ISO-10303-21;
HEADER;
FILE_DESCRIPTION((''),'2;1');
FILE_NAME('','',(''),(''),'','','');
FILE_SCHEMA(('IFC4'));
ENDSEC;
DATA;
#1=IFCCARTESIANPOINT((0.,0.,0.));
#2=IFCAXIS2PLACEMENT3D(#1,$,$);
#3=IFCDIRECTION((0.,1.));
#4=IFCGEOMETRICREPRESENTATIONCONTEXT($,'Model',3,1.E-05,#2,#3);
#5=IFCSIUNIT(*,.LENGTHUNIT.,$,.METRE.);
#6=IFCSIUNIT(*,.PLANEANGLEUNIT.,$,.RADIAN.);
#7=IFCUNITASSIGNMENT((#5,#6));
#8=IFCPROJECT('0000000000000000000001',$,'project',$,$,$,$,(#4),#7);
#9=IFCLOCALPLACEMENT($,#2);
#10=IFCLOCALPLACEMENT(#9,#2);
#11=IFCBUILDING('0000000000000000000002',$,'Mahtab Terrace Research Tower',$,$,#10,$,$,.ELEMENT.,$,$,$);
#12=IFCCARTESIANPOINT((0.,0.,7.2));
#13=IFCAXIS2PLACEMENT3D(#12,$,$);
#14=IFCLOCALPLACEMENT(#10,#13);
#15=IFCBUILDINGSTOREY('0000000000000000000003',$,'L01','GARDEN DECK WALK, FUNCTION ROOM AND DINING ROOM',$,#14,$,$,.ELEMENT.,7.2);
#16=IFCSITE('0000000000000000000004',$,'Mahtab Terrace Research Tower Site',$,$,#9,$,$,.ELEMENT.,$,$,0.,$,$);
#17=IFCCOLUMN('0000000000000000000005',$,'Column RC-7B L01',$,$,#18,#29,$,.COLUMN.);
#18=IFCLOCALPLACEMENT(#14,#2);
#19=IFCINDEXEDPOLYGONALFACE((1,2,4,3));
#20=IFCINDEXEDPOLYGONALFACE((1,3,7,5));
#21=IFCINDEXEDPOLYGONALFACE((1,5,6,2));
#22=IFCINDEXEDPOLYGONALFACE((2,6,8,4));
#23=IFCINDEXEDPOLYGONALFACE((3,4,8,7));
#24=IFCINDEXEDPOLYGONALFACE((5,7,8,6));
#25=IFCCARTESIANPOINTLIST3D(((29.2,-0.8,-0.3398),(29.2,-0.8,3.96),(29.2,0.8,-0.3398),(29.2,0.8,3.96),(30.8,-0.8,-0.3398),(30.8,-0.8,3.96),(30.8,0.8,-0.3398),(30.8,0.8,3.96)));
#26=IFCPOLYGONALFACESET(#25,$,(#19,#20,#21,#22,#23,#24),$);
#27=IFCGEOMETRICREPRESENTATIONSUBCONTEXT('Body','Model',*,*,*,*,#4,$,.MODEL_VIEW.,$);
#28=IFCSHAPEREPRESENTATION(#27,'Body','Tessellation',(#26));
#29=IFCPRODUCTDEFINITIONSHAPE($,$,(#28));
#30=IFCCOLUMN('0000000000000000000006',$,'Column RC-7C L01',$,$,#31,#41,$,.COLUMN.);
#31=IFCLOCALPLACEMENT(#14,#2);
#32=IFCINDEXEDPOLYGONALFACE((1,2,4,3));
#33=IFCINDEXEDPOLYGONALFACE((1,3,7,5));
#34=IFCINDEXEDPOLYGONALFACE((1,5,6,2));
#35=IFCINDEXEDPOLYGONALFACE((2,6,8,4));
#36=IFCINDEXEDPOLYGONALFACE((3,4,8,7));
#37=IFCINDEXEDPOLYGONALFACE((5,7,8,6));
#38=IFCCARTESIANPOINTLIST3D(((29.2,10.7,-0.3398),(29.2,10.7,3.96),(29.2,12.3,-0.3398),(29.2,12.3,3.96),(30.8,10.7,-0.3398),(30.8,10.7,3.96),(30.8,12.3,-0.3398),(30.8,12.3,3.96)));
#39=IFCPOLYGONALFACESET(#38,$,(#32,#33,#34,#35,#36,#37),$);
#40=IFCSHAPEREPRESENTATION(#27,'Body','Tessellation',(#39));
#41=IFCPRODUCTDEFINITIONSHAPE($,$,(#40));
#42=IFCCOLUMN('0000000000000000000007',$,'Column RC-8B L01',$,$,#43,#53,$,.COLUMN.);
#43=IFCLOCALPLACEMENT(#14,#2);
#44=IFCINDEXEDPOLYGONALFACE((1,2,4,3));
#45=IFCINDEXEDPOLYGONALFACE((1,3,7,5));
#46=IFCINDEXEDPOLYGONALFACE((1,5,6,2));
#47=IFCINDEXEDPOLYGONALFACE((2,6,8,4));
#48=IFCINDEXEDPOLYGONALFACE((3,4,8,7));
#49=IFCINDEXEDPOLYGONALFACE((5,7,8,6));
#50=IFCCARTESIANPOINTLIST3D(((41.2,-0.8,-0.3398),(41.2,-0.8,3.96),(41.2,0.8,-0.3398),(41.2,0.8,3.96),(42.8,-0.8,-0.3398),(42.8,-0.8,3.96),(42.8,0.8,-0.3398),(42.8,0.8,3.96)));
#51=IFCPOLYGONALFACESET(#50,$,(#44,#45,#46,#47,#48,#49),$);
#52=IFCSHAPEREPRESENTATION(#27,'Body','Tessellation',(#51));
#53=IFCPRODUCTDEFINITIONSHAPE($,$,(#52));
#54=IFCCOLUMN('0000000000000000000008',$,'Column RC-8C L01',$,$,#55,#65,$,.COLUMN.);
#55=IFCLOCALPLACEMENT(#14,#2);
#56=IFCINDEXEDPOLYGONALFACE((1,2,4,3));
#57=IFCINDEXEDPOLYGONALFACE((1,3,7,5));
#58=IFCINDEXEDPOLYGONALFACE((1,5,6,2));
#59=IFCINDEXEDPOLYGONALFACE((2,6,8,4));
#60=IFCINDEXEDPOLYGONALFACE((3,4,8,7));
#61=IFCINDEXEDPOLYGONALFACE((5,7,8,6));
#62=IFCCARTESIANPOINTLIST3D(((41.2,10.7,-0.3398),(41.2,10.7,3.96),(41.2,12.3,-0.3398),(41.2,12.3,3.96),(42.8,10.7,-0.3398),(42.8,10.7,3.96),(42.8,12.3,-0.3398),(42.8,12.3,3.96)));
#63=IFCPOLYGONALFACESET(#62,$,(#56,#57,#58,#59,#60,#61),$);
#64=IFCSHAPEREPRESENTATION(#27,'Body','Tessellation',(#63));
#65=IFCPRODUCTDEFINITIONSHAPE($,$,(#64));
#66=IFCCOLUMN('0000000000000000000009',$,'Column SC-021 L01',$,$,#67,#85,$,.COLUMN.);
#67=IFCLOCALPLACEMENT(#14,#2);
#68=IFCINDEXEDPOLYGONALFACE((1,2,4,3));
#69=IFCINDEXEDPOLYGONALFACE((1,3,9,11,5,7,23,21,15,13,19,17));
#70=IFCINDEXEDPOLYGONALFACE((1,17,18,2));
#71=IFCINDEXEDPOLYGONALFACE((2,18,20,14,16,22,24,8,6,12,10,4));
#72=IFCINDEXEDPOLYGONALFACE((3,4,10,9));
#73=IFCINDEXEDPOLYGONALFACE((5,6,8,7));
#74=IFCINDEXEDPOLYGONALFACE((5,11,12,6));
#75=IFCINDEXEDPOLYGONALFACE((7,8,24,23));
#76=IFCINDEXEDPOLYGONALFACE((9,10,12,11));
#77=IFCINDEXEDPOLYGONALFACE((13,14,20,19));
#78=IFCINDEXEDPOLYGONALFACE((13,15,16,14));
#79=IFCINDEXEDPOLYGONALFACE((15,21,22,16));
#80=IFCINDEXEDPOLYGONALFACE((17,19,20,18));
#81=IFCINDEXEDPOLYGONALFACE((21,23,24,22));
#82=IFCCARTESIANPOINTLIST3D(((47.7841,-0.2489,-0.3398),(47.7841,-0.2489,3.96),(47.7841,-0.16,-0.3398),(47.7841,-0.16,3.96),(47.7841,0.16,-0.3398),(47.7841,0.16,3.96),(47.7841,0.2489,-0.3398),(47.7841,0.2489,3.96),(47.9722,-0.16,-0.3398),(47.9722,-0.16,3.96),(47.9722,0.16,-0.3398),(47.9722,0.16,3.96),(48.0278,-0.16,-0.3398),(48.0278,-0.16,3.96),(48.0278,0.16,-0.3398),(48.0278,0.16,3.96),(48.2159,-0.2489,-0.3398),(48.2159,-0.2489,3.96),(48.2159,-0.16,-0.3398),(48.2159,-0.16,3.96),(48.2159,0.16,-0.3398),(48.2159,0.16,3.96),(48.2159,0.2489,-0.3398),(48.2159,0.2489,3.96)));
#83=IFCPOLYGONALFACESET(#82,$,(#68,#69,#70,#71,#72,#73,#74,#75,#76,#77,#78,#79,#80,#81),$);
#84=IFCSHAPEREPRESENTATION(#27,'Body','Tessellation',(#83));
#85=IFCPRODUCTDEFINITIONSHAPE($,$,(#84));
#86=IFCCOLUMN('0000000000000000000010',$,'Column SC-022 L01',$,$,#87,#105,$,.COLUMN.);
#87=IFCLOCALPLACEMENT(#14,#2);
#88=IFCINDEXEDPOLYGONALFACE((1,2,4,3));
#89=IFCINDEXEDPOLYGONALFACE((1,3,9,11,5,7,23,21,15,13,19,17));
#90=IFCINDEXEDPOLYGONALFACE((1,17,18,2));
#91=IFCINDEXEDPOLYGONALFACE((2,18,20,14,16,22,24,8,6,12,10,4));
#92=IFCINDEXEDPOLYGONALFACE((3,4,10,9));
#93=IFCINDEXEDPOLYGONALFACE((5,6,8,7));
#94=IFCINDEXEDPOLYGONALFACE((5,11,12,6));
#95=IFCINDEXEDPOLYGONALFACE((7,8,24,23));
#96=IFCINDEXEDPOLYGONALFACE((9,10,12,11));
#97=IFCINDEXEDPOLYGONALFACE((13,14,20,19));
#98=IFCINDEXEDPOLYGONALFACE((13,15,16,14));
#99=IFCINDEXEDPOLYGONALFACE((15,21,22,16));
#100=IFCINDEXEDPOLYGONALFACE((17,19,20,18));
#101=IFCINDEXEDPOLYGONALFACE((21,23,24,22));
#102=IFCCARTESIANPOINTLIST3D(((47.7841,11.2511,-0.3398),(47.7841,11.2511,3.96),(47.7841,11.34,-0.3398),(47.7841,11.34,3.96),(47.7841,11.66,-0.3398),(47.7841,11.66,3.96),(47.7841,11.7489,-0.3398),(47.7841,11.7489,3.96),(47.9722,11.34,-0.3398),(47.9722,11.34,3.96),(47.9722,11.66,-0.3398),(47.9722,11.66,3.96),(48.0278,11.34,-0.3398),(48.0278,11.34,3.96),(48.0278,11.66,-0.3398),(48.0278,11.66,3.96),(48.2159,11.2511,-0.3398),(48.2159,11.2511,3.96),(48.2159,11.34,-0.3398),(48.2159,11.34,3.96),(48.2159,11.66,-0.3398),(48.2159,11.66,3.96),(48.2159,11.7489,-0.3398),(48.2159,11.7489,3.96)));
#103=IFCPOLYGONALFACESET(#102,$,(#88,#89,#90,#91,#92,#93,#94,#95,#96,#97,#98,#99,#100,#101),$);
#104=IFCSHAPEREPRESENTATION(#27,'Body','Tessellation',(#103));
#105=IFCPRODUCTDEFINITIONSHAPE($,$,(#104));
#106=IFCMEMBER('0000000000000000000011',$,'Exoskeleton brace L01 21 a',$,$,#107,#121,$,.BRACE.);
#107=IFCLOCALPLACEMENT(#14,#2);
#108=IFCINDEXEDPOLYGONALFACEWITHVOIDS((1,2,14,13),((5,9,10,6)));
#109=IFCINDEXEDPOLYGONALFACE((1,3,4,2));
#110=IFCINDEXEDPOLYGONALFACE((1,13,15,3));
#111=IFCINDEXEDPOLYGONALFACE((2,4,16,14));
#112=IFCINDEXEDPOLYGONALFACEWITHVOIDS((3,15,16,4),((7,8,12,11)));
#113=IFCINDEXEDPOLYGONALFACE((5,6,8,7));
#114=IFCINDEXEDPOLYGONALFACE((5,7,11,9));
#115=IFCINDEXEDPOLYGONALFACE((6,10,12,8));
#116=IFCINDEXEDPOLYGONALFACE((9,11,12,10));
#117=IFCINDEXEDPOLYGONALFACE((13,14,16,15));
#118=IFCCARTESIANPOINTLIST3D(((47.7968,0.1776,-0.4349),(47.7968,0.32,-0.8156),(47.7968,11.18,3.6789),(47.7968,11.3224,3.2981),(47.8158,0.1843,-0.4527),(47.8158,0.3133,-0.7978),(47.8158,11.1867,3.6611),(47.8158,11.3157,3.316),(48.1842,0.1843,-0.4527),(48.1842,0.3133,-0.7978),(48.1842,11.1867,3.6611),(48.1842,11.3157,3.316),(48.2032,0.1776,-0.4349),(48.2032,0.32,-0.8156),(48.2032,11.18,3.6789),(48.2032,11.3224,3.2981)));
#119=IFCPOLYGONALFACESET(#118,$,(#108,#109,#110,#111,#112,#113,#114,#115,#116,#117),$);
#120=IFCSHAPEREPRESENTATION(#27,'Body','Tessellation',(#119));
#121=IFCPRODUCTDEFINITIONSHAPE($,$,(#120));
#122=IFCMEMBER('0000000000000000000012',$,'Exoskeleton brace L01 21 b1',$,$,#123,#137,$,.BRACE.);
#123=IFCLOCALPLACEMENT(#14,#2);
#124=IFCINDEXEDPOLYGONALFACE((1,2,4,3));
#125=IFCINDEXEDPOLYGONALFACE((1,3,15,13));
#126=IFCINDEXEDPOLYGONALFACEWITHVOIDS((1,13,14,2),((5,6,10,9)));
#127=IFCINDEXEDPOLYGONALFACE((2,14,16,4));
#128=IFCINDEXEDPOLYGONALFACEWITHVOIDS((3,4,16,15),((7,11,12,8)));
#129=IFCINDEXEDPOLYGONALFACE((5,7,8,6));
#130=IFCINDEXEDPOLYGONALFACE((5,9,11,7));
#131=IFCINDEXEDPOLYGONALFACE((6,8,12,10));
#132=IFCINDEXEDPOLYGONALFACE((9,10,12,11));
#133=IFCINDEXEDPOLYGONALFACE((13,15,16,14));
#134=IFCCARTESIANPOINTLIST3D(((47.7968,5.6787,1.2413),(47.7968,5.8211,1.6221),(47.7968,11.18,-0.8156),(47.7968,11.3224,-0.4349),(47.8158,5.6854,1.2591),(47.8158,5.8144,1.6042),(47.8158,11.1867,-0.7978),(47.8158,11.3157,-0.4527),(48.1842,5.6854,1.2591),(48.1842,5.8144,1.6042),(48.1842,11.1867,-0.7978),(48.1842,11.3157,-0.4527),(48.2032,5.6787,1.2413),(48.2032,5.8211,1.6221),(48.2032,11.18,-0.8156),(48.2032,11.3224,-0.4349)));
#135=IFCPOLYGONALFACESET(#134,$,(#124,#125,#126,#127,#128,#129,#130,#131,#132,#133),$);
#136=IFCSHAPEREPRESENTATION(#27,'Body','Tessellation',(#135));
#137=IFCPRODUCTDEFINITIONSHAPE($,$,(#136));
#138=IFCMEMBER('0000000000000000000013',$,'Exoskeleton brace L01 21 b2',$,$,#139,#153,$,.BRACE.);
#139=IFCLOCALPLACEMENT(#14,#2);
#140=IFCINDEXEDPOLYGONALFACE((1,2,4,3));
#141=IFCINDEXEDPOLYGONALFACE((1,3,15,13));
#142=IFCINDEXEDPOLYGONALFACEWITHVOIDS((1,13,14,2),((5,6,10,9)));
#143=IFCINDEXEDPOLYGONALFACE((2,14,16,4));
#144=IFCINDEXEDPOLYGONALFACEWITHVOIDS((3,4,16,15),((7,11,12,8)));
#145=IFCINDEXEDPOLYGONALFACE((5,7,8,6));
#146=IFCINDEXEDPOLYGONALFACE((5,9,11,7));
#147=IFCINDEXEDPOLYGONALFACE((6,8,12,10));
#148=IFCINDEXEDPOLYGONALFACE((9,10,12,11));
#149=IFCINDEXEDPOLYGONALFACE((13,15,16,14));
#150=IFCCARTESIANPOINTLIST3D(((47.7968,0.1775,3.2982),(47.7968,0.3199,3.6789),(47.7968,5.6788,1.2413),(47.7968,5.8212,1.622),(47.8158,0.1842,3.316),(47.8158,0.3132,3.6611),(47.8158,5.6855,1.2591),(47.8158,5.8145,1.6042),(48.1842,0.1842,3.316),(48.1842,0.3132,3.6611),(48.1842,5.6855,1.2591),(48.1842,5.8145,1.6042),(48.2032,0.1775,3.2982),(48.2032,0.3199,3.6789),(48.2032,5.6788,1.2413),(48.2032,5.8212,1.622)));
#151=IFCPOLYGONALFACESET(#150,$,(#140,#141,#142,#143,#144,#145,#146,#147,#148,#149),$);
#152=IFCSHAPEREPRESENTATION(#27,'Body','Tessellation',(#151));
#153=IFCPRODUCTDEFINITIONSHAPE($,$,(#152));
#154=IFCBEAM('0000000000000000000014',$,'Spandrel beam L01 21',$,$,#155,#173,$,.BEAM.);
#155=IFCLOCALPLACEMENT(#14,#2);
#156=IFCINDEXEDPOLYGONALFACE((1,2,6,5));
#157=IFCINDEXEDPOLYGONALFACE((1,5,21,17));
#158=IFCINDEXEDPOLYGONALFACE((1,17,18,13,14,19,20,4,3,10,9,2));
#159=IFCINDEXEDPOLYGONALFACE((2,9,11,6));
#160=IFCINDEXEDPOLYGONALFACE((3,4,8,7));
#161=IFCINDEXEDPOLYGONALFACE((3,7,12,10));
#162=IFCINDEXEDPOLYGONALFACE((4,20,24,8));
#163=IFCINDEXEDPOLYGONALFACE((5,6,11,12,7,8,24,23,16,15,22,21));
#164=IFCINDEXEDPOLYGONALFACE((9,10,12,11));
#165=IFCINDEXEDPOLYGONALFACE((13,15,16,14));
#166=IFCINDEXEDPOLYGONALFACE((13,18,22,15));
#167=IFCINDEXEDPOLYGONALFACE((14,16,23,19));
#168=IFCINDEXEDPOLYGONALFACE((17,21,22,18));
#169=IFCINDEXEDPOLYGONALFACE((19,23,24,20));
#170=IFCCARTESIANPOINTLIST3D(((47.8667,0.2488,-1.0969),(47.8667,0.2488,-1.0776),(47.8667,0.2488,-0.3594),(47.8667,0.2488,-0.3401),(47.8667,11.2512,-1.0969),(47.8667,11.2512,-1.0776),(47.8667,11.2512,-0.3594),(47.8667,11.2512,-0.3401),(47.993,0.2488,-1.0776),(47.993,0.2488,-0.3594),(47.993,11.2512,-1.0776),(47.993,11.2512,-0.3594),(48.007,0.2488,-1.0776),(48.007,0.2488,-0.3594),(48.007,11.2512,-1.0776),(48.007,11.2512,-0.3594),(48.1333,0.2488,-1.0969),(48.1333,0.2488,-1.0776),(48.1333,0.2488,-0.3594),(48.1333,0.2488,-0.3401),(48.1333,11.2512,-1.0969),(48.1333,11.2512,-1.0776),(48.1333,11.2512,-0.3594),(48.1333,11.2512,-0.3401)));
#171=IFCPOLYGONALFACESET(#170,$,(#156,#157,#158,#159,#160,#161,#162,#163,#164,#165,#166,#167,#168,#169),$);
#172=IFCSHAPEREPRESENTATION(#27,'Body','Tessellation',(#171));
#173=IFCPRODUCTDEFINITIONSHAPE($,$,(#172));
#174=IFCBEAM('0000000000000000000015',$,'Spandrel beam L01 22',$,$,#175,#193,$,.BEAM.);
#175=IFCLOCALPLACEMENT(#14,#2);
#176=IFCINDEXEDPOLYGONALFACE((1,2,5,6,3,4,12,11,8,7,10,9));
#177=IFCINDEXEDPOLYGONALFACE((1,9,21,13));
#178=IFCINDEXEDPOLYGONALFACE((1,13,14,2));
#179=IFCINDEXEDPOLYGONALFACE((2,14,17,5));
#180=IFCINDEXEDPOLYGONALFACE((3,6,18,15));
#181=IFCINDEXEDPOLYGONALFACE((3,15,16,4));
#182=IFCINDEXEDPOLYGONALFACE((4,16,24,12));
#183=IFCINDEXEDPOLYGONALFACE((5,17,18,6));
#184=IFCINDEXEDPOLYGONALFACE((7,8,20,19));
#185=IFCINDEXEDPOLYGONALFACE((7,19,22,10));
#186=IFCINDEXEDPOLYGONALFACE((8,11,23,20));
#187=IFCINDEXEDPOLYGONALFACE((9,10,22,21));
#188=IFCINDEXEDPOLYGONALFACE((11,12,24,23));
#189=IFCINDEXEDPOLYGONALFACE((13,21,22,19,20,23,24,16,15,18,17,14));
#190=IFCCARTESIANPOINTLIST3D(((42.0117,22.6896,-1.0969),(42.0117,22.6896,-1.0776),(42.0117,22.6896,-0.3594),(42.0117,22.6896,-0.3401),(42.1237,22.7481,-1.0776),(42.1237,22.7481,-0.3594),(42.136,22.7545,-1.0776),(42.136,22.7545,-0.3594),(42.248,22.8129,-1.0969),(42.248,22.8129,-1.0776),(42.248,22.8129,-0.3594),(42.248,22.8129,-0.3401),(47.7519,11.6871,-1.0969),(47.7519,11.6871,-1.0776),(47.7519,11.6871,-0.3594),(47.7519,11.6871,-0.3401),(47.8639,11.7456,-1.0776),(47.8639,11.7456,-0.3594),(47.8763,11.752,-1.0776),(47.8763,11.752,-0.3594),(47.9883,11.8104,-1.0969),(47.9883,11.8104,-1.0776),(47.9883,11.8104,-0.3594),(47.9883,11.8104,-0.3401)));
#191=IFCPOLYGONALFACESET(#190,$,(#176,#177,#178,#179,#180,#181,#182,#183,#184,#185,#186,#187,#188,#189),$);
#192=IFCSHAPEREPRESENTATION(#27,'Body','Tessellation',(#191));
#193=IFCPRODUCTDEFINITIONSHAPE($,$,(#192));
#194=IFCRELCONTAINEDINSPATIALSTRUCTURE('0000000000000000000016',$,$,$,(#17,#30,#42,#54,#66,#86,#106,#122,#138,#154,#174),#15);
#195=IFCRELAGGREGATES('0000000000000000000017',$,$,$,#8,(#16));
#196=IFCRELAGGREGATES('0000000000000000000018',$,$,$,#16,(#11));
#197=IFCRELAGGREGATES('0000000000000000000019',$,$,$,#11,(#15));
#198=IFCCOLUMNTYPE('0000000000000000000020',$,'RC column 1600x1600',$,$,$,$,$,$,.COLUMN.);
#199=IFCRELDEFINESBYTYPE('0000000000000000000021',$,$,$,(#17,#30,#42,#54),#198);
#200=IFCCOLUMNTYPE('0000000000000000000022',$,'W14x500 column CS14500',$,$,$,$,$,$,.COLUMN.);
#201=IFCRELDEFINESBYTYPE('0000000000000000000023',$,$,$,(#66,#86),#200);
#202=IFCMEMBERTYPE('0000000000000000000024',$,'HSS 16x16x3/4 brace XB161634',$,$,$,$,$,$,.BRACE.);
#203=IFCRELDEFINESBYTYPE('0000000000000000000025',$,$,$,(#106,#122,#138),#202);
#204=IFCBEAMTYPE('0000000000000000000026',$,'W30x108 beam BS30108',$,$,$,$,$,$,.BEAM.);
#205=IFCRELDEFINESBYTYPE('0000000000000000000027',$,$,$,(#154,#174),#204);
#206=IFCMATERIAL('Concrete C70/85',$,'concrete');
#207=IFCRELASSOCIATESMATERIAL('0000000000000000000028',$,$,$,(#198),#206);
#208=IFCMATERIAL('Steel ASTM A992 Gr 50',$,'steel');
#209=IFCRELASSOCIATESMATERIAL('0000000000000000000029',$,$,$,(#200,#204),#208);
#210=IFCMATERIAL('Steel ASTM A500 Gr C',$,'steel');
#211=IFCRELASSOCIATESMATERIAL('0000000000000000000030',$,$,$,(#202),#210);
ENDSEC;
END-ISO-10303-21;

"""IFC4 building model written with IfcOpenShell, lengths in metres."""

from ifc_helpers import new_model, si_unit, direction, frame, origin, origin_2d, place, context, subcontext, project, spatial, rectangle, hollow_rectangle, i_section, extrude, material, material_profile, profile_set, type_object, element, save


model = new_model("IFC4")

# Units and contexts
model_context = context("Model", 3, precision=1e-05, world=origin(), true_north=direction((0.0, 1.0)))
body_context = subcontext(model_context, "Body", "Model", "MODEL_VIEW")
ifc_project = project(units=[si_unit("LENGTHUNIT", "METRE"), si_unit("PLANEANGLEUNIT", "RADIAN")], contexts=[model_context])

# Site, building, storey
site_placement = place(None, origin())
site = spatial("IfcSite", under=ifc_project, at=site_placement, Name="Mahtab Terrace Research Tower Site", CompositionType="ELEMENT", RefElevation=0.0)
building_placement = place(site_placement, origin())
building = spatial("IfcBuilding", under=site, at=building_placement, Name="Mahtab Terrace Research Tower", CompositionType="ELEMENT")
storey_placement = place(building_placement, frame((0.0, 0.0, 7.2)))
storey = spatial("IfcBuildingStorey", under=building, at=storey_placement, Name="L01", Description="GARDEN DECK WALK, FUNCTION ROOM AND DINING ROOM", CompositionType="ELEMENT", Elevation=7.2)

# Columns
ifc_material_1 = material(Name="Concrete C70/85", Category="concrete")
ifc_material_profile_1 = material_profile(ifc_material_1, rectangle(XDim=1.6001, YDim=1.6001, at=origin_2d()), Name="RC column 1600x1600")
ifc_profile_set_1 = profile_set([ifc_material_profile_1], Name="Concrete C70/85")
column_type_1 = type_object("IfcColumnType", Name="RC column 1600x1600", PredefinedType="COLUMN", material=ifc_profile_set_1)
for number, where, z_axis, x_axis, name in (
    (1, (30.0, 0.0, -0.3398), (0.0, 0.0, 1.0), (1.0, 0.0, 0.0), "Column RC-7B L01"),
    (2, (30.0, 11.5, -0.3398), (0.0, 0.0, 1.0), (1.0, 0.0, 0.0), "Column RC-7C L01"),
    (3, (42.0, 0.0, -0.3398), (0.0, 0.0, 1.0), (1.0, 0.0, 0.0), "Column RC-8B L01"),
    (4, (42.0, 11.5, -0.3398), (0.0, 0.0, 1.0), (1.0, 0.0, 0.0), "Column RC-8C L01"),
):
    element("IfcColumn", number, at=place(storey_placement, frame(where, z_axis=z_axis, x_axis=x_axis)), inside=storey, type_object=column_type_1, Name=name, PredefinedType="COLUMN", context=body_context, shape_type="SweptSolid", body=[
        extrude(rectangle(XDim=1.6001, YDim=1.6001, at=origin_2d()), origin(), (0.0, 0.0, 1.0), 4.2998),
    ])
ifc_material_2 = material(Name="Steel ASTM A992 Gr 50", Category="steel")
ifc_material_profile_2 = material_profile(ifc_material_2, i_section(OverallWidth=0.4319, OverallDepth=0.4978, WebThickness=0.0557, FlangeThickness=0.0889, at=origin_2d()), Name="W14X500")
ifc_profile_set_2 = profile_set([ifc_material_profile_2], Name="Steel ASTM A992 Gr 50")
column_type_2 = type_object("IfcColumnType", Name="W14x500 column CS14500", PredefinedType="COLUMN", material=ifc_profile_set_2)
for number, where, z_axis, x_axis, name in (
    (5, (48.0, 0.0, -0.3398), (0.0, 0.0, 1.0), (1.0, 0.0, 0.0), "Column SC-021 L01"),
    (6, (48.0, 11.5, -0.3398), (0.0, 0.0, 1.0), (1.0, 0.0, 0.0), "Column SC-022 L01"),
):
    element("IfcColumn", number, at=place(storey_placement, frame(where, z_axis=z_axis, x_axis=x_axis)), inside=storey, type_object=column_type_2, Name=name, PredefinedType="COLUMN", context=body_context, shape_type="SweptSolid", body=[
        extrude(i_section(OverallWidth=0.4319, OverallDepth=0.4978, WebThickness=0.0557, FlangeThickness=0.0889, at=origin_2d()), origin(), (0.0, 0.0, 1.0), 4.2998),
    ])

# Members
ifc_material_3 = material(Name="Steel ASTM A500 Gr C", Category="steel")
ifc_material_profile_3 = material_profile(ifc_material_3, hollow_rectangle(XDim=0.4065, YDim=0.4065, WallThickness=0.019, at=origin_2d()), Name="HSS16X16X3/4")
ifc_profile_set_3 = profile_set([ifc_material_profile_3], Name="Steel ASTM A500 Gr C")
member_type = type_object("IfcMemberType", Name="HSS 16x16x3/4 brace XB161634", PredefinedType="BRACE", material=ifc_profile_set_3)
member_placement = place(storey_placement, frame((48.0, 0.2488, -0.6252), z_axis=(0.0, 0.936669, 0.350217), x_axis=(-1.0, 0.0, 0.0)))
element("IfcMember", 7, at=member_placement, inside=storey, type_object=member_type, Name="Exoskeleton brace L01 21 a", PredefinedType="BRACE", context=body_context, shape_type="SweptSolid", body=[
    extrude(hollow_rectangle(XDim=0.4065, YDim=0.4065, WallThickness=0.019, at=origin_2d()), origin(), (0.0, 0.0, 1.0), 11.7463),
])
for number, where, z_axis, x_axis, name in (
    (8, (48.0, 11.2512, -0.6252), (0.0, -0.936669, 0.350217), (1.0, 0.0, 0.0), "Exoskeleton brace L01 21 b1"),
    (9, (48.0, 5.75, 1.4316), (0.0, -0.936669, 0.350217), (1.0, 0.0, 0.0), "Exoskeleton brace L01 21 b2"),
):
    element("IfcMember", number, at=place(storey_placement, frame(where, z_axis=z_axis, x_axis=x_axis)), inside=storey, type_object=member_type, Name=name, PredefinedType="BRACE", context=body_context, shape_type="SweptSolid", body=[
        extrude(hollow_rectangle(XDim=0.4065, YDim=0.4065, WallThickness=0.019, at=origin_2d()), origin(), (0.0, 0.0, 1.0), 5.8733),
    ])

# Beams
ifc_material_profile_4 = material_profile(ifc_material_2, i_section(OverallWidth=0.2666, OverallDepth=0.7568, WebThickness=0.0139, FlangeThickness=0.0193, at=origin_2d()), Name="W30X108")
ifc_profile_set_4 = profile_set([ifc_material_profile_4], Name="Steel ASTM A992 Gr 50")
beam_type = type_object("IfcBeamType", Name="W30x108 beam BS30108", PredefinedType="BEAM", material=ifc_profile_set_4)
beam_1_placement = place(storey_placement, frame((48.0, 0.2488, -0.7185), z_axis=(0.0, 1.0, 0.0), x_axis=(-1.0, 0.0, 0.0)))
element("IfcBeam", 10, at=beam_1_placement, inside=storey, type_object=beam_type, Name="Spandrel beam L01 21", PredefinedType="BEAM", context=body_context, shape_type="SweptSolid", body=[
    extrude(i_section(OverallWidth=0.2666, OverallDepth=0.7568, WebThickness=0.0139, FlangeThickness=0.0193, at=origin_2d()), origin(), (0.0, 0.0, 1.0), 11.0024),
])
beam_2_placement = place(storey_placement, frame((47.8701, 11.7488, -0.7185), z_axis=(-0.462555, 0.88659, 0.0), x_axis=(-0.88659, -0.462555, 0.0)))
element("IfcBeam", 11, at=beam_2_placement, inside=storey, type_object=beam_type, Name="Spandrel beam L01 22", PredefinedType="BEAM", context=body_context, shape_type="SweptSolid", body=[
    extrude(i_section(OverallWidth=0.2666, OverallDepth=0.7568, WebThickness=0.0139, FlangeThickness=0.0193, at=origin_2d()), origin(), (0.0, 0.0, 1.0), 12.4099),
])

save(model, "model.ifc")
